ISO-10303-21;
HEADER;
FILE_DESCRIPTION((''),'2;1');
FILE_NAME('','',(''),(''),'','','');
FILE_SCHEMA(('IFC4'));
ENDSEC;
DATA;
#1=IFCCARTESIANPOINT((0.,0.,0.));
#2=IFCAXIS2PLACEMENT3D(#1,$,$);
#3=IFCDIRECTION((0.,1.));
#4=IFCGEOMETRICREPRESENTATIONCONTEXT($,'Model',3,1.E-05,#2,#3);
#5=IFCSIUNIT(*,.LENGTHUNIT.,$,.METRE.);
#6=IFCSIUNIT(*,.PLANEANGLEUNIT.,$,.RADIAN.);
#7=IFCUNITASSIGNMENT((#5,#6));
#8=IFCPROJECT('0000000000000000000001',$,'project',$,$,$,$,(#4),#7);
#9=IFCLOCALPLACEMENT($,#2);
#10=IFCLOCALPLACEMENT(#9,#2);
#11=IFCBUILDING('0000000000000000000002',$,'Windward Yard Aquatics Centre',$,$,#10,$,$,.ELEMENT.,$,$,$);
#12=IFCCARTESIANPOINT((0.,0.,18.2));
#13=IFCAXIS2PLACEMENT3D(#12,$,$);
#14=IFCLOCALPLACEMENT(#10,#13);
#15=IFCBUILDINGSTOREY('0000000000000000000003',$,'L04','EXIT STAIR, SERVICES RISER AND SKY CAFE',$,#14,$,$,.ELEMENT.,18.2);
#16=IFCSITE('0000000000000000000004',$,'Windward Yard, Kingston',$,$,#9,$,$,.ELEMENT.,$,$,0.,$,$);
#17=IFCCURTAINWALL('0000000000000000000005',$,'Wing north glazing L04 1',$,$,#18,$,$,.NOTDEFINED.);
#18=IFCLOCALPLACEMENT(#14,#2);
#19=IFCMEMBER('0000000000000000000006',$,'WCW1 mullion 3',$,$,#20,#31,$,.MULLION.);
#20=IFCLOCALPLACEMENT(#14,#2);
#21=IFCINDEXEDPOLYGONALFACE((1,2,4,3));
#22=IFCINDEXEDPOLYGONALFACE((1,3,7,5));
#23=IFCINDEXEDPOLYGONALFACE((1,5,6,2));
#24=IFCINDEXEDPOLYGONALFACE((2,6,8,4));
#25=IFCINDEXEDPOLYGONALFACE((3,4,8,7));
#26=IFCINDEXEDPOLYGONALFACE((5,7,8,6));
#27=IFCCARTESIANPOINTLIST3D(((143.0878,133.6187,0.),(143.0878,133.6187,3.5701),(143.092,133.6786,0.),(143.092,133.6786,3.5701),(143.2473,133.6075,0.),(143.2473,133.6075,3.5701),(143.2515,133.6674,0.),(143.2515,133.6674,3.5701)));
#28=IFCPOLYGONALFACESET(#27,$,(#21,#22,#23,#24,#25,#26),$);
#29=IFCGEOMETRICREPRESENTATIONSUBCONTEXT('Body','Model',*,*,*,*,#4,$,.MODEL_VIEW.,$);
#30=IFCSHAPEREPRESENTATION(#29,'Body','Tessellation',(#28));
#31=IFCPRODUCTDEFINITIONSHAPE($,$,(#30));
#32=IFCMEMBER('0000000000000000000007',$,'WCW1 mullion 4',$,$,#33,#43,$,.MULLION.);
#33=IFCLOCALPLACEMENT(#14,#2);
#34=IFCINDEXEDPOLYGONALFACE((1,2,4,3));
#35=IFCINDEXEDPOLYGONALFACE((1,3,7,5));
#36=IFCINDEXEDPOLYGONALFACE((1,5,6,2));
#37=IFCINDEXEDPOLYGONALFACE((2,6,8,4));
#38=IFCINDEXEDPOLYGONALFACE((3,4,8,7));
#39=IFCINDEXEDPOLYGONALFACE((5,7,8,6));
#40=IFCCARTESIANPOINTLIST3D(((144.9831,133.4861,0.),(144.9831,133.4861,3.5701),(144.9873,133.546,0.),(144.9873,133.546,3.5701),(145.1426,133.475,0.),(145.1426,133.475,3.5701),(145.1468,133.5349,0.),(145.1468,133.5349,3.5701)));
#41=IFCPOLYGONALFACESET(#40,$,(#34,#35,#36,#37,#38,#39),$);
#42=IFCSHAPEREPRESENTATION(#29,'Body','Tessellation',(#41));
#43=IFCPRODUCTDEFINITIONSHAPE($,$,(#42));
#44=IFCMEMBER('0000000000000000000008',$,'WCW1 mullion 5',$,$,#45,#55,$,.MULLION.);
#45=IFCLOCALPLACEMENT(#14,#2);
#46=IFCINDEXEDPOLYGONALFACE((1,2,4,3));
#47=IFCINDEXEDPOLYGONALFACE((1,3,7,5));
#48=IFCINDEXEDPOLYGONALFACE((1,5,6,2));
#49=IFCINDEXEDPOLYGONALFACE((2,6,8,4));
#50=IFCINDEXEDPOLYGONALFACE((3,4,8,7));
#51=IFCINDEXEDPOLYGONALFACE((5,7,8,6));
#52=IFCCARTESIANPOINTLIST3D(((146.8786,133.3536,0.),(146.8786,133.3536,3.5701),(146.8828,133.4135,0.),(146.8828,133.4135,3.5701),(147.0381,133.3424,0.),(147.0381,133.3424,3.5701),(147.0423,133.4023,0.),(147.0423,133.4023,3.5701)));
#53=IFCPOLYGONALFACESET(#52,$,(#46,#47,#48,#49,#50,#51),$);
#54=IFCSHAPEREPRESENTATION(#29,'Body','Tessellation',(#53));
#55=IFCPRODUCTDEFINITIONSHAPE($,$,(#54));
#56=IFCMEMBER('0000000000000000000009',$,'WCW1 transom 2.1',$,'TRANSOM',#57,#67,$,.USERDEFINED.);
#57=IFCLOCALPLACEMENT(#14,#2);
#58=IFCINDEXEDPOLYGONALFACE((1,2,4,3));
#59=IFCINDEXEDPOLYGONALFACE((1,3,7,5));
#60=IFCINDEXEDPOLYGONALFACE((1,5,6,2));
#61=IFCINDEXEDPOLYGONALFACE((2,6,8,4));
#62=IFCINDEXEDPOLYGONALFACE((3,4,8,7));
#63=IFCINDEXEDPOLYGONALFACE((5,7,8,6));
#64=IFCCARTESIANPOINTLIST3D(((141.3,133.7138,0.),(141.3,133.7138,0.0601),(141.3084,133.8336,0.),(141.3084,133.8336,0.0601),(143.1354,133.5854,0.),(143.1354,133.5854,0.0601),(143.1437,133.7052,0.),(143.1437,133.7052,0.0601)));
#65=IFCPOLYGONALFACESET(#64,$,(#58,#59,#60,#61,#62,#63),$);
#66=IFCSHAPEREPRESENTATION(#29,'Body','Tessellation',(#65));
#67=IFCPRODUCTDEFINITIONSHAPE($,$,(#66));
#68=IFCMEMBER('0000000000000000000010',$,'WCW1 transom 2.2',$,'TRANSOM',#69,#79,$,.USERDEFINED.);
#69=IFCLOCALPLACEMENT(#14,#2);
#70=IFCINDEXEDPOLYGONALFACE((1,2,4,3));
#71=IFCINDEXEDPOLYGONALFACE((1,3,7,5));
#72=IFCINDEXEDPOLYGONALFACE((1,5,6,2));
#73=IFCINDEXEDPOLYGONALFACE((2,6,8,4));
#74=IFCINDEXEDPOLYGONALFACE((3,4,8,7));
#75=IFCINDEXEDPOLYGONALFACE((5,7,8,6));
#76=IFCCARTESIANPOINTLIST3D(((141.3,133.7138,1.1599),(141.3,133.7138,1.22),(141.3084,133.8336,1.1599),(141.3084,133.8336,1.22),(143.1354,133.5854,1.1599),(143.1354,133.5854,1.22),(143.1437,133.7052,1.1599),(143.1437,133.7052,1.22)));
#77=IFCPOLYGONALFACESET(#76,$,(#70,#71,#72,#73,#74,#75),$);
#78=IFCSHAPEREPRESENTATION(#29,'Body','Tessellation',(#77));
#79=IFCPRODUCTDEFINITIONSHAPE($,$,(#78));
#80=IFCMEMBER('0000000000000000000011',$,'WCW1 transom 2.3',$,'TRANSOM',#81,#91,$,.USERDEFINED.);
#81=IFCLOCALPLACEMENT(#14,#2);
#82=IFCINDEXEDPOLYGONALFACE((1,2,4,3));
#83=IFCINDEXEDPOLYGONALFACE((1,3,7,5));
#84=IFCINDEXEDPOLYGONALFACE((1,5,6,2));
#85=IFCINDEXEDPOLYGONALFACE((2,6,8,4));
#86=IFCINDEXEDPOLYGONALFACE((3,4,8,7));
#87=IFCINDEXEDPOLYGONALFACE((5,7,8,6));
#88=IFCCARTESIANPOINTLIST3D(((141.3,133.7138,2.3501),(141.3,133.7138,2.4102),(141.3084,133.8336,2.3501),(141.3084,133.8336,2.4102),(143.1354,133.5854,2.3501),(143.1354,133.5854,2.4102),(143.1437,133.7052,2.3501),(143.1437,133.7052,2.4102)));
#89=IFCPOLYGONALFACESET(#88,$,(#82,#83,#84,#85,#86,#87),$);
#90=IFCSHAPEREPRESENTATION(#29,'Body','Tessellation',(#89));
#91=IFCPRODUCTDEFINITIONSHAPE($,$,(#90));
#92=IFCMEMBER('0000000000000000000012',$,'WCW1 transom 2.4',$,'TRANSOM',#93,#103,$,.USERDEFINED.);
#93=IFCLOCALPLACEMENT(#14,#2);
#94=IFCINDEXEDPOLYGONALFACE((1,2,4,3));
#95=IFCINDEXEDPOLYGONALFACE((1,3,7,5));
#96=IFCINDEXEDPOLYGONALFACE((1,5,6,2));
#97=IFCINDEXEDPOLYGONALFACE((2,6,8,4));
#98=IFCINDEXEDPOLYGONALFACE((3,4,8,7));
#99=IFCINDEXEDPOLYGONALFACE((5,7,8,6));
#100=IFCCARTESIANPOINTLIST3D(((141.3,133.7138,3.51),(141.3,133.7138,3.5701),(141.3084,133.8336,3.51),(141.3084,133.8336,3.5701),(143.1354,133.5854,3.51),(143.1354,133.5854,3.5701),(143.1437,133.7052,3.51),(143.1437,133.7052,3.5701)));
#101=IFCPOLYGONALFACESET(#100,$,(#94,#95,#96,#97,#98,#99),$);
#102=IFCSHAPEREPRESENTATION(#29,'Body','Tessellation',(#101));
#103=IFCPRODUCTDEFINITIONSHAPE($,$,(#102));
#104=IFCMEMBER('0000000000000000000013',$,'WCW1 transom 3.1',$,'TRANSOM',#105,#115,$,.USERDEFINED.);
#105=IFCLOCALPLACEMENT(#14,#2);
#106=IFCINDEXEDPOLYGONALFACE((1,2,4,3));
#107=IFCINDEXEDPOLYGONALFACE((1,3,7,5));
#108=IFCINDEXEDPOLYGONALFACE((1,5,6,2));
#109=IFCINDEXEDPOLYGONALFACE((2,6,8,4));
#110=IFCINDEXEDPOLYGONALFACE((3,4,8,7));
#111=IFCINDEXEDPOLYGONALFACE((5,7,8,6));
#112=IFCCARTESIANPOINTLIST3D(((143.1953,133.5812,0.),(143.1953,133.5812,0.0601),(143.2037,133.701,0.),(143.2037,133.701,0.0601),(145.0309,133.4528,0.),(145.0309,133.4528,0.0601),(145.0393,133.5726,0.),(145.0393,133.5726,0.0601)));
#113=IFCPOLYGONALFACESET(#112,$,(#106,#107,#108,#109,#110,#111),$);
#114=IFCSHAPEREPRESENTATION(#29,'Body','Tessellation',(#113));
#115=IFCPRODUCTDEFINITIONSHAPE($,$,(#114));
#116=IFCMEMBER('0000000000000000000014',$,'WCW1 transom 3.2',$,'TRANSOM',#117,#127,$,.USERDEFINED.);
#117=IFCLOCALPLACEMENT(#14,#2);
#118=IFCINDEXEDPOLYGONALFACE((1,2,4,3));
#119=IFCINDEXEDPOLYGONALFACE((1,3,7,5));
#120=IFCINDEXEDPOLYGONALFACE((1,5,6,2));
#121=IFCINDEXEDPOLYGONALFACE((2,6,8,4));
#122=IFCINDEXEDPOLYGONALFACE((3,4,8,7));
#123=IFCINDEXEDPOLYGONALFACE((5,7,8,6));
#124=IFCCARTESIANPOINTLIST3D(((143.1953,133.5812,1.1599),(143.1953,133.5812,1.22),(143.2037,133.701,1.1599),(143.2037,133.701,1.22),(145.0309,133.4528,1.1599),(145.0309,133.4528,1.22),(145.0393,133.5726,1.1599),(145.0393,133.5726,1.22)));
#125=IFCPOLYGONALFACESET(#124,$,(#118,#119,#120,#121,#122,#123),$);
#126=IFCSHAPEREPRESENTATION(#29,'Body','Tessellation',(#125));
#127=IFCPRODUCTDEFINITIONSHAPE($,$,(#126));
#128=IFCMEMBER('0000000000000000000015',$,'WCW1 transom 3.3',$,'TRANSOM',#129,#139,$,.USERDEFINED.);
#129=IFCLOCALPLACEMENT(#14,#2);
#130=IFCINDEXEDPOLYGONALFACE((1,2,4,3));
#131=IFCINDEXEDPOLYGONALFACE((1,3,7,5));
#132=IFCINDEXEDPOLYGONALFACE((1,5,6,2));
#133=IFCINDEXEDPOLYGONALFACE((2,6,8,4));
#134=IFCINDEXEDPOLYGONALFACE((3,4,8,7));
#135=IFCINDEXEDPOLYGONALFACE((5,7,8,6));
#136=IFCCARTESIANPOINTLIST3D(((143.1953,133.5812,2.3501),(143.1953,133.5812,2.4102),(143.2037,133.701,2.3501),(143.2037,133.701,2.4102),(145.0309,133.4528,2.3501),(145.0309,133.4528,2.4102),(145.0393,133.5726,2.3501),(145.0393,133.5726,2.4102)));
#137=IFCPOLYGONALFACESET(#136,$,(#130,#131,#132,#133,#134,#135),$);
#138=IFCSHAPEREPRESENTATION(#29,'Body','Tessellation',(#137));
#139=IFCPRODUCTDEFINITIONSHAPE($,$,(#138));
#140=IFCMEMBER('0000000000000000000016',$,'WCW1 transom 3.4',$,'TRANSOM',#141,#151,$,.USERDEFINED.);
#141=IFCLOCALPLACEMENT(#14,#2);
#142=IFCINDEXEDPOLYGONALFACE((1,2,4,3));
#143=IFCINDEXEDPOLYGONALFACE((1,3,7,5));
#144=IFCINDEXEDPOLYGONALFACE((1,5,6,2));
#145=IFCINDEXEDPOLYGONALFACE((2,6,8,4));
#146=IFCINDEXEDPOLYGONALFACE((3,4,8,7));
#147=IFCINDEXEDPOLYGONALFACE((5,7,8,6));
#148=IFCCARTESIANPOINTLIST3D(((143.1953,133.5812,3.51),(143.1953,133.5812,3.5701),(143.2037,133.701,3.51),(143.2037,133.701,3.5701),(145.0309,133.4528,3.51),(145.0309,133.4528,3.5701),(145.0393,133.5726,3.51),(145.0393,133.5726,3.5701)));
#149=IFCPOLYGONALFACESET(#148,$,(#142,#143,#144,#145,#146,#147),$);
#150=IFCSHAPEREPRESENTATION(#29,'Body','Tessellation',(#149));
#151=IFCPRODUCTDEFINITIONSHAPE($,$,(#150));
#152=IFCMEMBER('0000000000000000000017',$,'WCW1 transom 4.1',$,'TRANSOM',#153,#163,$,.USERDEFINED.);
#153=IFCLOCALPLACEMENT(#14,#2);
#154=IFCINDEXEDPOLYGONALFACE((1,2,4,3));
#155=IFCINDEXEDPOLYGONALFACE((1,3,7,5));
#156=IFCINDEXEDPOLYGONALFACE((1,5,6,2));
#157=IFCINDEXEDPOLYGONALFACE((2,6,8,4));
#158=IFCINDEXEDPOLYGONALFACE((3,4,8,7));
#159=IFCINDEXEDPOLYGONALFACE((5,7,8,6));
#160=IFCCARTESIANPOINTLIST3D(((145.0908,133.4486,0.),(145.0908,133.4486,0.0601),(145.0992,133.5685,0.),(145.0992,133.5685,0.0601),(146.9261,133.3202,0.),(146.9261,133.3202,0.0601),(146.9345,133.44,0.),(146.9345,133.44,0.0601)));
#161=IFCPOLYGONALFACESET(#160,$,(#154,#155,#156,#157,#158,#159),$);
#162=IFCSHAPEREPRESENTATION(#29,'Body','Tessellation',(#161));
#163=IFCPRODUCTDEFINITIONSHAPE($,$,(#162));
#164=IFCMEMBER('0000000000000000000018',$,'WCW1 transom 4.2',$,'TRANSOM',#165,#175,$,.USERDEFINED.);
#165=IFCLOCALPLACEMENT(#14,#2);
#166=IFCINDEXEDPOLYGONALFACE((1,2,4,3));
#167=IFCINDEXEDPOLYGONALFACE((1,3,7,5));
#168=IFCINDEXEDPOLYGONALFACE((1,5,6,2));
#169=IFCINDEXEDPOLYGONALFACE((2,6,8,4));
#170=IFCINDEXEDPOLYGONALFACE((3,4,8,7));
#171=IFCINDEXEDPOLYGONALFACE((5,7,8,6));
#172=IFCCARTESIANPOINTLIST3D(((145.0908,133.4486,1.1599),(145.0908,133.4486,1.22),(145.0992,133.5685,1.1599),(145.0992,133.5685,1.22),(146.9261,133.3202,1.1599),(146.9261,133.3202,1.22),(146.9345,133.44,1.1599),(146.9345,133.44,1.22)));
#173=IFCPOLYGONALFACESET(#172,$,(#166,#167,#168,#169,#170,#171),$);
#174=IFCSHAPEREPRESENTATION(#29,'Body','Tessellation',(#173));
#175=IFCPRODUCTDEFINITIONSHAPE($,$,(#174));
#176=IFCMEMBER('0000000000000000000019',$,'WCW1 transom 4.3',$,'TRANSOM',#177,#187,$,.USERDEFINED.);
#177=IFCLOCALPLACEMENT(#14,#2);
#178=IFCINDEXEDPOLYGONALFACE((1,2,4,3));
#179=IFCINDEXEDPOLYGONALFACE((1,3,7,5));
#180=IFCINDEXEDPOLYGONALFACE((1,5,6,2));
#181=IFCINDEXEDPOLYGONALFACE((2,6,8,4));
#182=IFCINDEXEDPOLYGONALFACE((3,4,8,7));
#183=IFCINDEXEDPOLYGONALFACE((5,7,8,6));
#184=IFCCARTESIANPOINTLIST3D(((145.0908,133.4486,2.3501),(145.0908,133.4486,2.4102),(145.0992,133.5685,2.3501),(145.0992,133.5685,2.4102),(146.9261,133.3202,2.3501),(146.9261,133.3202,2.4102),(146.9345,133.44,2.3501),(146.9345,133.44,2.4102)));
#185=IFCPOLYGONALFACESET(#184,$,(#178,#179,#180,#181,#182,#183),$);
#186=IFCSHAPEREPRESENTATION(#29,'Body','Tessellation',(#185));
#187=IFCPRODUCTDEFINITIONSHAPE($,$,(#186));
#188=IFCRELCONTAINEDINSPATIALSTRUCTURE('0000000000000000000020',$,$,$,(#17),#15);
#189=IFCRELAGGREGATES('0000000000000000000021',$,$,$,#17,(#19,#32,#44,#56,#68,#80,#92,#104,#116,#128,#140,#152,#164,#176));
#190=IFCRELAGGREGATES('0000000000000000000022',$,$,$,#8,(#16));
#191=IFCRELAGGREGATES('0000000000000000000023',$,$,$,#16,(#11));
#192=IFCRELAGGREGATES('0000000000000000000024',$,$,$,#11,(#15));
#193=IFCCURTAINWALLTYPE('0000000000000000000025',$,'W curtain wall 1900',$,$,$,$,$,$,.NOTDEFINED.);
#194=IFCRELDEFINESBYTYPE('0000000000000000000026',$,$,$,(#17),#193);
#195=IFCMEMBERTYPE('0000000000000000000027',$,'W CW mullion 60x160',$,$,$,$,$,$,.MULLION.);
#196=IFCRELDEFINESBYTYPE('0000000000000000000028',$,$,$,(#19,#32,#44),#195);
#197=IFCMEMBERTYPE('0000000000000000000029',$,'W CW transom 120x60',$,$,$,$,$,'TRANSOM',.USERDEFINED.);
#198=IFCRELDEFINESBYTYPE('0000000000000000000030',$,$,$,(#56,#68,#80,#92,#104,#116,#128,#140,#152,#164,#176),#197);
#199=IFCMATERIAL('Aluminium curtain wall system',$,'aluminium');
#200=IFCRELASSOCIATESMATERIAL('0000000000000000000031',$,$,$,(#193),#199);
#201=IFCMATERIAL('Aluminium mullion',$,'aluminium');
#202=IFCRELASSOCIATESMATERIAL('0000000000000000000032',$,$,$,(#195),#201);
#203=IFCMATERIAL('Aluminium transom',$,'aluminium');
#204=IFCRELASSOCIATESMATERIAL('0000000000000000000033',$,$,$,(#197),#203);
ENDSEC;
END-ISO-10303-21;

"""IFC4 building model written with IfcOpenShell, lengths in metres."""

from ifc_helpers import new_model, si_unit, direction, frame, origin, origin_2d, place, context, subcontext, project, spatial, rectangle, extrude, material, material_profile, profile_set, type_object, element, aggregate, save


model = new_model("IFC4")

# Units and contexts
model_context = context("Model", 3, precision=1e-05, world=origin(), true_north=direction((0.0, 1.0)))
body_context = subcontext(model_context, "Body", "Model", "MODEL_VIEW")
ifc_project = project(units=[si_unit("LENGTHUNIT", "METRE"), si_unit("PLANEANGLEUNIT", "RADIAN")], contexts=[model_context])

# Site, building, storey
site_placement = place(None, origin())
site = spatial("IfcSite", under=ifc_project, at=site_placement, Name="Windward Yard, Kingston", CompositionType="ELEMENT", RefElevation=0.0)
building_placement = place(site_placement, origin())
building = spatial("IfcBuilding", under=site, at=building_placement, Name="Windward Yard Aquatics Centre", CompositionType="ELEMENT")
storey_placement = place(building_placement, frame((0.0, 0.0, 18.2)))
storey = spatial("IfcBuildingStorey", under=building, at=storey_placement, Name="L04", Description="EXIT STAIR, SERVICES RISER AND SKY CAFE", CompositionType="ELEMENT", Elevation=18.2)

# Curtain wall, members
ifc_material_1 = material(Name="Aluminium curtain wall system", Category="aluminium")
curtain_wall_type = type_object("IfcCurtainWallType", Name="W curtain wall 1900", PredefinedType="NOTDEFINED", material=ifc_material_1)
curtain_wall_placement = place(storey_placement, origin())
curtain_wall = element("IfcCurtainWall", 1, at=curtain_wall_placement, inside=storey, type_object=curtain_wall_type, Name="Wing north glazing L04 1", PredefinedType="NOTDEFINED")
ifc_material_2 = material(Name="Aluminium mullion", Category="aluminium")
ifc_material_profile_1 = material_profile(ifc_material_2, rectangle(XDim=0.0601, YDim=0.1599, at=origin_2d()), Name="AL 60x160")
ifc_profile_set_1 = profile_set([ifc_material_profile_1], Name="Aluminium mullion")
member_type_1 = type_object("IfcMemberType", Name="W CW mullion 60x160", PredefinedType="MULLION", material=ifc_profile_set_1)
member_1_placement = place(storey_placement, frame((143.1697, 133.6431, 0.0), z_axis=(0.0, 0.0, 1.0), x_axis=(0.069758, 0.997564, 0.0)))
member_1 = element("IfcMember", 2, at=member_1_placement, type_object=member_type_1, Name="WCW1 mullion 3", PredefinedType="MULLION", context=body_context, shape_type="SweptSolid", body=[
    extrude(rectangle(XDim=0.0601, YDim=0.1599, at=origin_2d()), origin(), (0.0, 0.0, 1.0), 3.5701),
])
member_2_placement = place(storey_placement, frame((145.0649, 133.5105, 0.0), z_axis=(0.0, 0.0, 1.0), x_axis=(0.069758, 0.997564, 0.0)))
member_2 = element("IfcMember", 3, at=member_2_placement, type_object=member_type_1, Name="WCW1 mullion 4", PredefinedType="MULLION", context=body_context, shape_type="SweptSolid", body=[
    extrude(rectangle(XDim=0.0601, YDim=0.1599, at=origin_2d()), origin(), (0.0, 0.0, 1.0), 3.5701),
])
member_3_placement = place(storey_placement, frame((146.9604, 133.3779, 0.0), z_axis=(0.0, 0.0, 1.0), x_axis=(0.069758, 0.997564, 0.0)))
member_3 = element("IfcMember", 4, at=member_3_placement, type_object=member_type_1, Name="WCW1 mullion 5", PredefinedType="MULLION", context=body_context, shape_type="SweptSolid", body=[
    extrude(rectangle(XDim=0.0601, YDim=0.1599, at=origin_2d()), origin(), (0.0, 0.0, 1.0), 3.5701),
])
ifc_material_3 = material(Name="Aluminium transom", Category="aluminium")
ifc_material_profile_2 = material_profile(ifc_material_3, rectangle(XDim=0.1201, YDim=0.0601, at=origin_2d()), Name="AL 120x60")
ifc_profile_set_2 = profile_set([ifc_material_profile_2], Name="Aluminium transom")
member_type_2 = type_object("IfcMemberType", Name="W CW transom 120x60", ElementType="TRANSOM", PredefinedType="USERDEFINED", material=ifc_profile_set_2)
member_4_placement = place(storey_placement, frame((141.3042, 133.7737, 0.03), z_axis=(0.997561, -0.069795, 0.0), x_axis=(0.069795, 0.997561, 0.0)))
member_4 = element("IfcMember", 5, at=member_4_placement, type_object=member_type_2, Name="WCW1 transom 2.1", ObjectType="TRANSOM", PredefinedType="USERDEFINED", context=body_context, shape_type="SweptSolid", body=[
    extrude(rectangle(XDim=0.1201, YDim=0.0601, at=origin_2d()), origin(), (0.0, 0.0, 1.0), 1.8398),
])
member_5_placement = place(storey_placement, frame((141.3042, 133.7737, 1.1899), z_axis=(0.997561, -0.069795, 0.0), x_axis=(0.069795, 0.997561, 0.0)))
member_5 = element("IfcMember", 6, at=member_5_placement, type_object=member_type_2, Name="WCW1 transom 2.2", ObjectType="TRANSOM", PredefinedType="USERDEFINED", context=body_context, shape_type="SweptSolid", body=[
    extrude(rectangle(XDim=0.1201, YDim=0.0601, at=origin_2d()), origin(), (0.0, 0.0, 1.0), 1.8398),
])
member_6_placement = place(storey_placement, frame((141.3042, 133.7737, 2.3801), z_axis=(0.997561, -0.069795, 0.0), x_axis=(0.069795, 0.997561, 0.0)))
member_6 = element("IfcMember", 7, at=member_6_placement, type_object=member_type_2, Name="WCW1 transom 2.3", ObjectType="TRANSOM", PredefinedType="USERDEFINED", context=body_context, shape_type="SweptSolid", body=[
    extrude(rectangle(XDim=0.1201, YDim=0.0601, at=origin_2d()), origin(), (0.0, 0.0, 1.0), 1.8398),
])
member_7_placement = place(storey_placement, frame((141.3042, 133.7737, 3.54), z_axis=(0.997561, -0.069795, 0.0), x_axis=(0.069795, 0.997561, 0.0)))
member_7 = element("IfcMember", 8, at=member_7_placement, type_object=member_type_2, Name="WCW1 transom 2.4", ObjectType="TRANSOM", PredefinedType="USERDEFINED", context=body_context, shape_type="SweptSolid", body=[
    extrude(rectangle(XDim=0.1201, YDim=0.0601, at=origin_2d()), origin(), (0.0, 0.0, 1.0), 1.8398),
])
member_8_placement = place(storey_placement, frame((143.1995, 133.6411, 0.03), z_axis=(0.997562, -0.069786, 0.0), x_axis=(0.069786, 0.997562, 0.0)))
member_8 = element("IfcMember", 9, at=member_8_placement, type_object=member_type_2, Name="WCW1 transom 3.1", ObjectType="TRANSOM", PredefinedType="USERDEFINED", context=body_context, shape_type="SweptSolid", body=[
    extrude(rectangle(XDim=0.1201, YDim=0.0601, at=origin_2d()), origin(), (0.0, 0.0, 1.0), 1.8401),
])
member_9_placement = place(storey_placement, frame((143.1995, 133.6411, 1.1899), z_axis=(0.997562, -0.069786, 0.0), x_axis=(0.069786, 0.997562, 0.0)))
member_9 = element("IfcMember", 10, at=member_9_placement, type_object=member_type_2, Name="WCW1 transom 3.2", ObjectType="TRANSOM", PredefinedType="USERDEFINED", context=body_context, shape_type="SweptSolid", body=[
    extrude(rectangle(XDim=0.1201, YDim=0.0601, at=origin_2d()), origin(), (0.0, 0.0, 1.0), 1.8401),
])
member_10_placement = place(storey_placement, frame((143.1995, 133.6411, 2.3801), z_axis=(0.997562, -0.069786, 0.0), x_axis=(0.069786, 0.997562, 0.0)))
member_10 = element("IfcMember", 11, at=member_10_placement, type_object=member_type_2, Name="WCW1 transom 3.3", ObjectType="TRANSOM", PredefinedType="USERDEFINED", context=body_context, shape_type="SweptSolid", body=[
    extrude(rectangle(XDim=0.1201, YDim=0.0601, at=origin_2d()), origin(), (0.0, 0.0, 1.0), 1.8401),
])
member_11_placement = place(storey_placement, frame((143.1995, 133.6411, 3.54), z_axis=(0.997562, -0.069786, 0.0), x_axis=(0.069786, 0.997562, 0.0)))
member_11 = element("IfcMember", 12, at=member_11_placement, type_object=member_type_2, Name="WCW1 transom 3.4", ObjectType="TRANSOM", PredefinedType="USERDEFINED", context=body_context, shape_type="SweptSolid", body=[
    extrude(rectangle(XDim=0.1201, YDim=0.0601, at=origin_2d()), origin(), (0.0, 0.0, 1.0), 1.8401),
])
member_12_placement = place(storey_placement, frame((145.095, 133.5085, 0.03), z_axis=(0.997561, -0.069795, 0.0), x_axis=(0.069795, 0.997561, 0.0)))
member_12 = element("IfcMember", 13, at=member_12_placement, type_object=member_type_2, Name="WCW1 transom 4.1", ObjectType="TRANSOM", PredefinedType="USERDEFINED", context=body_context, shape_type="SweptSolid", body=[
    extrude(rectangle(XDim=0.1201, YDim=0.0601, at=origin_2d()), origin(), (0.0, 0.0, 1.0), 1.8398),
])
member_13_placement = place(storey_placement, frame((145.095, 133.5085, 1.1899), z_axis=(0.997561, -0.069795, 0.0), x_axis=(0.069795, 0.997561, 0.0)))
member_13 = element("IfcMember", 14, at=member_13_placement, type_object=member_type_2, Name="WCW1 transom 4.2", ObjectType="TRANSOM", PredefinedType="USERDEFINED", context=body_context, shape_type="SweptSolid", body=[
    extrude(rectangle(XDim=0.1201, YDim=0.0601, at=origin_2d()), origin(), (0.0, 0.0, 1.0), 1.8398),
])
member_14_placement = place(storey_placement, frame((145.095, 133.5085, 2.3801), z_axis=(0.997561, -0.069795, 0.0), x_axis=(0.069795, 0.997561, 0.0)))
member_14 = element("IfcMember", 15, at=member_14_placement, type_object=member_type_2, Name="WCW1 transom 4.3", ObjectType="TRANSOM", PredefinedType="USERDEFINED", context=body_context, shape_type="SweptSolid", body=[
    extrude(rectangle(XDim=0.1201, YDim=0.0601, at=origin_2d()), origin(), (0.0, 0.0, 1.0), 1.8398),
])
aggregate(curtain_wall, [member_1, member_2, member_3, member_4, member_5, member_6, member_7, member_8, member_9, member_10, member_11, member_12, member_13, member_14])

save(model, "model.ifc")
